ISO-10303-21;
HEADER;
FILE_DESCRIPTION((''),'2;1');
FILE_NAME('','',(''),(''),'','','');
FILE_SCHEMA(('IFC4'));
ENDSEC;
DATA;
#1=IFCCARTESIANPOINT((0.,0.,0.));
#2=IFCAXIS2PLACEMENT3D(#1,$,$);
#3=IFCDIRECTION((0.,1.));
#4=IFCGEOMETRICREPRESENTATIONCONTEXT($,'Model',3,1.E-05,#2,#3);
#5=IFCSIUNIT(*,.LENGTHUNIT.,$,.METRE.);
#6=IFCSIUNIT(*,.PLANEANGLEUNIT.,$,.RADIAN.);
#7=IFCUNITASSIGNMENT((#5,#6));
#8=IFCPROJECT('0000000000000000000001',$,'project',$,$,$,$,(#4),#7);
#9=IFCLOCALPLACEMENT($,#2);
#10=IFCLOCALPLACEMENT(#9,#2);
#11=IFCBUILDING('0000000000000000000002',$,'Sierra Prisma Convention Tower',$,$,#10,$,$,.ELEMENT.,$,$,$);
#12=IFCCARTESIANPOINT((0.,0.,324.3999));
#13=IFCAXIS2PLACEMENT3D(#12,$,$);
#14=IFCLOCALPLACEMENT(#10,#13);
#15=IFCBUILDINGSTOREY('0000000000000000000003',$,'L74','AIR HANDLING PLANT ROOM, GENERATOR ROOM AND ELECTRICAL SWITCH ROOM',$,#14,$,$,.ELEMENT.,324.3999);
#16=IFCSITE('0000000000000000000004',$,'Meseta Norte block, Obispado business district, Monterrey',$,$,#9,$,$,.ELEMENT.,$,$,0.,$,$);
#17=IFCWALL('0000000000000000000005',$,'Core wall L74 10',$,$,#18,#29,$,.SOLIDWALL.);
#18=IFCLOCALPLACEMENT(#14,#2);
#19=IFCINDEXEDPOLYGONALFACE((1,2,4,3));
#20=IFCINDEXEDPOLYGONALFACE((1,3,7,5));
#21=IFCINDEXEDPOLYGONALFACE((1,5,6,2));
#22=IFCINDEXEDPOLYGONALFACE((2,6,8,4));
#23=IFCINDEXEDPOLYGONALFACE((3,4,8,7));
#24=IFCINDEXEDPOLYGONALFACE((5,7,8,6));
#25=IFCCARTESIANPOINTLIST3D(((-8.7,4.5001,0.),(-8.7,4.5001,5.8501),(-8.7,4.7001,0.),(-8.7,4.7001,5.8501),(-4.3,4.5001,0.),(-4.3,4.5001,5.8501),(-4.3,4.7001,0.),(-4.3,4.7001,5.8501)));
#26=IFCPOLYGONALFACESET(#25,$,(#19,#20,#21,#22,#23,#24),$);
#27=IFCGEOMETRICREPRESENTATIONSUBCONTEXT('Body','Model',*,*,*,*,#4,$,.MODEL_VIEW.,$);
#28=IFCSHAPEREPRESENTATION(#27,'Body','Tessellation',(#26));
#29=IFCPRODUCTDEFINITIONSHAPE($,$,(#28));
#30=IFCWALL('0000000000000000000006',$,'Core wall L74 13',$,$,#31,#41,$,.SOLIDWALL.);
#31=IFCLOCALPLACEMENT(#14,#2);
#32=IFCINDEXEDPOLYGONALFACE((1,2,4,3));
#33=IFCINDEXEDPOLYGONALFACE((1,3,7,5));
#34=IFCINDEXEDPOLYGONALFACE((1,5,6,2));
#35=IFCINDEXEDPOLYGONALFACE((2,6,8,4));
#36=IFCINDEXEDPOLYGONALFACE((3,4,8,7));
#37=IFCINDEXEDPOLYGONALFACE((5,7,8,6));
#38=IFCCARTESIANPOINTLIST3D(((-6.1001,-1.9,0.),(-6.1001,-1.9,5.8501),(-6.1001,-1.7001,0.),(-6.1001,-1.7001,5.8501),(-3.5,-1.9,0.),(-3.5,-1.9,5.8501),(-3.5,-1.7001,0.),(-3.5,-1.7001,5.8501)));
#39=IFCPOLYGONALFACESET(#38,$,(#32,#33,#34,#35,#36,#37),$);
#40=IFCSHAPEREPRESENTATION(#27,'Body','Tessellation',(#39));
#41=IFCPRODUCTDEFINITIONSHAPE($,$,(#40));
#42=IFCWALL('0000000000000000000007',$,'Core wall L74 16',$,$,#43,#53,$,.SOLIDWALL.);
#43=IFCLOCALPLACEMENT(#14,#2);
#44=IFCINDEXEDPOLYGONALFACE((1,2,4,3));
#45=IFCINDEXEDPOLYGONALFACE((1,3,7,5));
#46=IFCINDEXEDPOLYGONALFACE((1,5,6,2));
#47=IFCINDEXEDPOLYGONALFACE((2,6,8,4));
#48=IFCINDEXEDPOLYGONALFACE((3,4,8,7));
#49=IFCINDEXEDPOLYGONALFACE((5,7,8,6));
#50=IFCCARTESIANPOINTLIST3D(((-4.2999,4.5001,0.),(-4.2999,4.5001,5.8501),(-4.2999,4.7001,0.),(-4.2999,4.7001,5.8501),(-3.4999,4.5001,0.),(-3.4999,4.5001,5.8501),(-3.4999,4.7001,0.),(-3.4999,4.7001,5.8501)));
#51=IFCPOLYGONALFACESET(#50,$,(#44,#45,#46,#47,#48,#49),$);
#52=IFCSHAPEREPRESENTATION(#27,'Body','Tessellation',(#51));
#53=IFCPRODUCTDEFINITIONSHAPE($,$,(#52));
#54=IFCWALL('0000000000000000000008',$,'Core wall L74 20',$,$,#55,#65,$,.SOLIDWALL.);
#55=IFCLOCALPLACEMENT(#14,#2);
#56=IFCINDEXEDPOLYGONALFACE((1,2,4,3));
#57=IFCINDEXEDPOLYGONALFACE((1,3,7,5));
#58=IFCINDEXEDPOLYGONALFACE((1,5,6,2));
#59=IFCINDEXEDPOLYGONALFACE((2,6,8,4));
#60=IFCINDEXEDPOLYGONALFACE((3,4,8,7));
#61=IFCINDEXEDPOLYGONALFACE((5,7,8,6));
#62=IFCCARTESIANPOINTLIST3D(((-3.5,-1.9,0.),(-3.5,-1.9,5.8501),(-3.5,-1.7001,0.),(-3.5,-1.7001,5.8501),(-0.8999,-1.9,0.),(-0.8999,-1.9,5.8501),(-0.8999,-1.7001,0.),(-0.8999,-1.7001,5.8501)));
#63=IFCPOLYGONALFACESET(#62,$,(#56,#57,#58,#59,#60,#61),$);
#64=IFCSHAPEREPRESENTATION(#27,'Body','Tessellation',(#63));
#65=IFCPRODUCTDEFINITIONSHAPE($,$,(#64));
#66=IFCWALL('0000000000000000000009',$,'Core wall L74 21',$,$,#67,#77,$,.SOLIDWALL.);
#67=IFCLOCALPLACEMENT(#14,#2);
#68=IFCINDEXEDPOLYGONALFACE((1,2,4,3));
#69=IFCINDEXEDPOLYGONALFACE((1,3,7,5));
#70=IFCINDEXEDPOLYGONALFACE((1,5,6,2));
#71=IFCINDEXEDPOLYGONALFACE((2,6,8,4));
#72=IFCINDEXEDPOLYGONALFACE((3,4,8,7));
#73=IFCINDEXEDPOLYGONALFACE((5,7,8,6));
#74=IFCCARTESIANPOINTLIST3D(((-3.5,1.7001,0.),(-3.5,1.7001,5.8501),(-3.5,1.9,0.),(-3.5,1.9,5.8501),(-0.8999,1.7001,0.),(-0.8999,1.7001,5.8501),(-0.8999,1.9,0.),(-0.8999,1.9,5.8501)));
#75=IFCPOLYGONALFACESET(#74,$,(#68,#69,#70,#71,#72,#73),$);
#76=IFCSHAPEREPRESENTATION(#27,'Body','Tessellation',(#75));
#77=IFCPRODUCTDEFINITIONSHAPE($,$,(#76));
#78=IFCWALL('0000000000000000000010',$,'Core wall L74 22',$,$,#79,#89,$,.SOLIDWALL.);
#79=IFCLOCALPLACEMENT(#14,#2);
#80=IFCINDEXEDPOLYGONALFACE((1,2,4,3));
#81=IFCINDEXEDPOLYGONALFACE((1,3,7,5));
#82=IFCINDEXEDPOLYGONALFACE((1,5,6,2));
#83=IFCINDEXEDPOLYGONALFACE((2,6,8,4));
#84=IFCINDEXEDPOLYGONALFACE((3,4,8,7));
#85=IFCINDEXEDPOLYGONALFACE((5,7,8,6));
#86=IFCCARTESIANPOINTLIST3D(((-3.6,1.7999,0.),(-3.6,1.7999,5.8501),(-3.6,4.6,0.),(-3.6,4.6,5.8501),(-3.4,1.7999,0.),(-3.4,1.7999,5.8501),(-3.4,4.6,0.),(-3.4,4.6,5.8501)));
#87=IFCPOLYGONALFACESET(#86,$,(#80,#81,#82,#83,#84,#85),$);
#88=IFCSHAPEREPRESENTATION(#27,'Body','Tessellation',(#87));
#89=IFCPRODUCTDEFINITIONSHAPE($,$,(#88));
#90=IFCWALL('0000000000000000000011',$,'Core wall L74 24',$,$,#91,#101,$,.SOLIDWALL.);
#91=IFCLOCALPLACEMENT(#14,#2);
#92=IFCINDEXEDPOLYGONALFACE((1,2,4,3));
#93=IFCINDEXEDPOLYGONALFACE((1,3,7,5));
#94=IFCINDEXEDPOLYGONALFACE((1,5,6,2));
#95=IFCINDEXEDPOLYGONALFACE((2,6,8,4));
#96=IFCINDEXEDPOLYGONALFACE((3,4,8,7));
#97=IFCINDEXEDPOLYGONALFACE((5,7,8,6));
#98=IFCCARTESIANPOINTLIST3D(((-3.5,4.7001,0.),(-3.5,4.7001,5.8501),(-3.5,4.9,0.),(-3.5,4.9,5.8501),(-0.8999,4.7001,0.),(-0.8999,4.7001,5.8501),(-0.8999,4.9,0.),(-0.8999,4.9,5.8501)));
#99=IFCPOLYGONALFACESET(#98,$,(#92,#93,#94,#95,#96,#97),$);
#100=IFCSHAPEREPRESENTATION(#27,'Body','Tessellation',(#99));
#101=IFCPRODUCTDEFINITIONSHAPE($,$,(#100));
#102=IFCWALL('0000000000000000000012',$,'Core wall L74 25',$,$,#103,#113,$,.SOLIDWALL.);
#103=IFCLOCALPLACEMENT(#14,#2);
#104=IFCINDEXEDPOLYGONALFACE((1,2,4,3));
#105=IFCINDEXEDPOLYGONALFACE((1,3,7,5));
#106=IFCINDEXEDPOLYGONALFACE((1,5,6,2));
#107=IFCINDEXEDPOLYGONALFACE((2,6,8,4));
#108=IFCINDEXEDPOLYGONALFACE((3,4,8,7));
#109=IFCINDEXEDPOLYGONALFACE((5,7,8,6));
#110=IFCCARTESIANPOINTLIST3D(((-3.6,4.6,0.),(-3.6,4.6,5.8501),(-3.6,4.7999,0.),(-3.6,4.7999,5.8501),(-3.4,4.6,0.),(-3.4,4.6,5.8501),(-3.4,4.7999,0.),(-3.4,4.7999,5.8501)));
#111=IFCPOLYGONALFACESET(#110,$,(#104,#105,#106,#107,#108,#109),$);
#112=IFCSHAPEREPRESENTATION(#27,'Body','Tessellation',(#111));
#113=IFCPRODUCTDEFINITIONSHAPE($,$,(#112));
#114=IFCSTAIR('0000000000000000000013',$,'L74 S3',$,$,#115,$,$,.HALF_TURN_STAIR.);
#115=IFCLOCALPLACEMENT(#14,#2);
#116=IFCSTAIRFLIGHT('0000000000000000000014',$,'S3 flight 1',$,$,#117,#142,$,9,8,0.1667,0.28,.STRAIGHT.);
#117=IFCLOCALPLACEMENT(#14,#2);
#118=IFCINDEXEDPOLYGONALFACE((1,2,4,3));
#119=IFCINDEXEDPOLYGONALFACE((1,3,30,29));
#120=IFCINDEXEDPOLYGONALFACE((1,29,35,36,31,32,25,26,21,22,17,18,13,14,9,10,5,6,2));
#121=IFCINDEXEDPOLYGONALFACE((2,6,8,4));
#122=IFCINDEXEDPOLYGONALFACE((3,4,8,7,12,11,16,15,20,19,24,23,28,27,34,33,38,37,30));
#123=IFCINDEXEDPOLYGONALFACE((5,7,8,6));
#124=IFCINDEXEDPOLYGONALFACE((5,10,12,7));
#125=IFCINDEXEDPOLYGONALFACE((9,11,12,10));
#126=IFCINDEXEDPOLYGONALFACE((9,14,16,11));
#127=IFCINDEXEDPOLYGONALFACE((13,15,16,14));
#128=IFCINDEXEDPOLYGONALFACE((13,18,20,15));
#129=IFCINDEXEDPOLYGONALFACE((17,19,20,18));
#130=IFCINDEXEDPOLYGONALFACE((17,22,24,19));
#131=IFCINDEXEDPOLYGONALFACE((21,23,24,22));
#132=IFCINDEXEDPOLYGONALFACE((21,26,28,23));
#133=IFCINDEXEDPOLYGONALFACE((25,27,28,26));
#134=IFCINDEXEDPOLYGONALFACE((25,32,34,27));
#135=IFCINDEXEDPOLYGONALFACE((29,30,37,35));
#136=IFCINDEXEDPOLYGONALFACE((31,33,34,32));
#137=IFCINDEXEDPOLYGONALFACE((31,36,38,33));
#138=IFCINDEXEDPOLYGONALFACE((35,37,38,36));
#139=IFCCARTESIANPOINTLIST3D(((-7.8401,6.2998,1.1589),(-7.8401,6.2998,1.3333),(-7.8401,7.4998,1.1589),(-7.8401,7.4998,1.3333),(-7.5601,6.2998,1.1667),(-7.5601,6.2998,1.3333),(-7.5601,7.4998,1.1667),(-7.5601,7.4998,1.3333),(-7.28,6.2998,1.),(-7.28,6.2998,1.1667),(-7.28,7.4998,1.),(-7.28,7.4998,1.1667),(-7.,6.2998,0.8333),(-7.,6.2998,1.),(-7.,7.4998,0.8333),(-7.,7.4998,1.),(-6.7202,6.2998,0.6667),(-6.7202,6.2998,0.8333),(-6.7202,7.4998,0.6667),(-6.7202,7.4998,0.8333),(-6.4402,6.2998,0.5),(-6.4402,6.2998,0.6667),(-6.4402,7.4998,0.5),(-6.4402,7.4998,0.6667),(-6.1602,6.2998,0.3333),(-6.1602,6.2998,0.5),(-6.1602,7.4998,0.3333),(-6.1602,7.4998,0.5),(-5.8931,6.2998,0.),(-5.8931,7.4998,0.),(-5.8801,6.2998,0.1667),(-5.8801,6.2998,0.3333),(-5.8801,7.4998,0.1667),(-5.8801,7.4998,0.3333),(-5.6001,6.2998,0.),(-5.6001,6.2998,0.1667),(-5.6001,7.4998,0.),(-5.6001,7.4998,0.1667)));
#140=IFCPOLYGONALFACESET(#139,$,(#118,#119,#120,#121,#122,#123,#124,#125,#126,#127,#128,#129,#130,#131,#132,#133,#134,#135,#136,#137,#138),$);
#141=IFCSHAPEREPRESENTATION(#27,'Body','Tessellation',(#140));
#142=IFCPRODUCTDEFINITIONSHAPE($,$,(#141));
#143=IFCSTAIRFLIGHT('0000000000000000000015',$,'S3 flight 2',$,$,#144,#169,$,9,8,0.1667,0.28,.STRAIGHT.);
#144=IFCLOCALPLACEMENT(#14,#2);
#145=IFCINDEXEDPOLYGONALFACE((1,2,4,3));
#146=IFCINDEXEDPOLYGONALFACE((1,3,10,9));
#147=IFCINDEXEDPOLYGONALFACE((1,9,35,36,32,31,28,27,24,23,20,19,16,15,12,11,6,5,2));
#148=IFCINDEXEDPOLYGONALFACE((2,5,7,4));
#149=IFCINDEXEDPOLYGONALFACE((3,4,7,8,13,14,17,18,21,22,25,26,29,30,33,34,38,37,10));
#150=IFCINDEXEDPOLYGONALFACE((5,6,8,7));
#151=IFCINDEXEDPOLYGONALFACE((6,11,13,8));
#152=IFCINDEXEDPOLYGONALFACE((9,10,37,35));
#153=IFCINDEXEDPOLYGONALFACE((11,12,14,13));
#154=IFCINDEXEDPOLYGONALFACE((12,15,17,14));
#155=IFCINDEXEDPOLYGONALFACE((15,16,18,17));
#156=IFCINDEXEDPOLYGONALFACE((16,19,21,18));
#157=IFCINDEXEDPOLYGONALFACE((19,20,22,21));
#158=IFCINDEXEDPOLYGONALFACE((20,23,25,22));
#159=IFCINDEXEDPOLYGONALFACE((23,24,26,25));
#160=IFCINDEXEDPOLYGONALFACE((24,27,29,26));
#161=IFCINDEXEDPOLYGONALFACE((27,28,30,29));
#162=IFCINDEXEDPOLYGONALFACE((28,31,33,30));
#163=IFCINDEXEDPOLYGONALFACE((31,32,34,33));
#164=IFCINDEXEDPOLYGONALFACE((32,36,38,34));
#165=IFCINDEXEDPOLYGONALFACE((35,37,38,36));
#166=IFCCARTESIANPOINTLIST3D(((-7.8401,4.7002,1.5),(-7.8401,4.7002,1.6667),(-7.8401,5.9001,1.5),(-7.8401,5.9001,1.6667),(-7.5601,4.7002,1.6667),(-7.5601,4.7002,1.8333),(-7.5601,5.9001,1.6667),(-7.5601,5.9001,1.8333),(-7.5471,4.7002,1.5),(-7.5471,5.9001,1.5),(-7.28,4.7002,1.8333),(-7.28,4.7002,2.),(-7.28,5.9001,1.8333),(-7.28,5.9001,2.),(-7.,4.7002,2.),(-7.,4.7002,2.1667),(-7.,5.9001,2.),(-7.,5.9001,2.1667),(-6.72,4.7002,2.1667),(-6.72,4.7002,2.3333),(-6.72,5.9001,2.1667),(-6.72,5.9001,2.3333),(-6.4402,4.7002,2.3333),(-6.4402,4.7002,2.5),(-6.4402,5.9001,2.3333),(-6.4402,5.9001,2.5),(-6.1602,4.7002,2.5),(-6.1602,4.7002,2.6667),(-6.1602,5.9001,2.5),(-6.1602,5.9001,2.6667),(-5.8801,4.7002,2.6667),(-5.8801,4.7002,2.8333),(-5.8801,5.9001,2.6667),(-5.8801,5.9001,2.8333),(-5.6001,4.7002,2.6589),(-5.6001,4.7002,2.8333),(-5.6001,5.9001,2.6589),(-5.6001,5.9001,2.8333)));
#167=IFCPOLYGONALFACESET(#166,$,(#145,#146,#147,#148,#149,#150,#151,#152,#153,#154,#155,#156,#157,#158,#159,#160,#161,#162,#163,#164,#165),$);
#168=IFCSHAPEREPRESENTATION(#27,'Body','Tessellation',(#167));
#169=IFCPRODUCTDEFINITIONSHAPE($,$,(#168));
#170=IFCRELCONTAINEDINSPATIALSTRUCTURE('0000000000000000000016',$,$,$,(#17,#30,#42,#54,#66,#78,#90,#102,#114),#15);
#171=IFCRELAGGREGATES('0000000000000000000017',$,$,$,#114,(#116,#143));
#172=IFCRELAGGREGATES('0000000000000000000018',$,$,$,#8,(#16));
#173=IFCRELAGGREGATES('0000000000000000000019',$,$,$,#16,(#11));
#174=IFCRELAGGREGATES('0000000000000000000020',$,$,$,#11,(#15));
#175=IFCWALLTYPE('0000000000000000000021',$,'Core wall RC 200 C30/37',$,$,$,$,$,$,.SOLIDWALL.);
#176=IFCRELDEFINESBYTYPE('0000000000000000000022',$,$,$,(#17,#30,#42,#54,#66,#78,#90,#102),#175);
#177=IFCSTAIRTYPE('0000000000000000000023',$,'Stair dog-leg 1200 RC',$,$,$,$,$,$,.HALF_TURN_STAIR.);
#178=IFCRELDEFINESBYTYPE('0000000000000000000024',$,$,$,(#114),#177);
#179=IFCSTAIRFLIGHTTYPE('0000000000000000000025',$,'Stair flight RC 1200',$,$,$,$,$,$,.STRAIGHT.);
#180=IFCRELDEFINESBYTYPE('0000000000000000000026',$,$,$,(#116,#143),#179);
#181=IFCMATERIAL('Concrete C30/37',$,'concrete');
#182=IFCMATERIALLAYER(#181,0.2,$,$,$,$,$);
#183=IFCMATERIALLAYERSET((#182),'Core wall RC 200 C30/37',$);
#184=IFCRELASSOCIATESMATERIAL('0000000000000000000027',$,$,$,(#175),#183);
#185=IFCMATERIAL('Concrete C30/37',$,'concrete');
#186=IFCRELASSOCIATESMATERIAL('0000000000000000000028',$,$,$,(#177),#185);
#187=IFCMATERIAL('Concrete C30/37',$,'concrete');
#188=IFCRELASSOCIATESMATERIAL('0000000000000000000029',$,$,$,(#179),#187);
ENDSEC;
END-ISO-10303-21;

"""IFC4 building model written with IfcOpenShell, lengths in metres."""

from ifc_helpers import new_model, si_unit, direction, frame, frame_2d, origin, place, context, subcontext, project, spatial, polyline, rectangle, outline, extrude, material, layer, layer_set, type_object, element, aggregate, save


model = new_model("IFC4")

# Units and contexts
model_context = context("Model", 3, precision=1e-05, world=origin(), true_north=direction((0.0, 1.0)))
body_context = subcontext(model_context, "Body", "Model", "MODEL_VIEW")
ifc_project = project(units=[si_unit("LENGTHUNIT", "METRE"), si_unit("PLANEANGLEUNIT", "RADIAN")], contexts=[model_context])

# Site, building, storey
site_placement = place(None, origin())
site = spatial("IfcSite", under=ifc_project, at=site_placement, Name="Meseta Norte block, Obispado business district, Monterrey", CompositionType="ELEMENT", RefElevation=0.0)
building_placement = place(site_placement, origin())
building = spatial("IfcBuilding", under=site, at=building_placement, Name="Sierra Prisma Convention Tower", CompositionType="ELEMENT")
storey_placement = place(building_placement, frame((0.0, 0.0, 324.3999)))
storey = spatial("IfcBuildingStorey", under=building, at=storey_placement, Name="L74", Description="AIR HANDLING PLANT ROOM, GENERATOR ROOM AND ELECTRICAL SWITCH ROOM", CompositionType="ELEMENT", Elevation=324.3999)

# Walls
ifc_material_1 = material(Name="Concrete C30/37", Category="concrete")
ifc_layer = layer(ifc_material_1, 0.2)
ifc_layer_set = layer_set([ifc_layer], Name="Core wall RC 200 C30/37")
wall_type = type_object("IfcWallType", Name="Core wall RC 200 C30/37", PredefinedType="SOLIDWALL", material=ifc_layer_set)
wall_1_placement = place(storey_placement, frame((-4.3, 4.6001, 0.0), z_axis=(0.0, 0.0, 1.0), x_axis=(-1.0, 0.0, 0.0)))
element("IfcWall", 1, at=wall_1_placement, inside=storey, type_object=wall_type, Name="Core wall L74 10", PredefinedType="SOLIDWALL", context=body_context, shape_type="SweptSolid", body=[
    extrude(rectangle(XDim=4.3999, YDim=0.2, at=frame_2d((2.2, 0.0))), origin(), (0.0, 0.0, 1.0), 5.8501),
])
wall_2_placement = place(storey_placement, frame((-6.1001, -1.8, 0.0), z_axis=(0.0, 0.0, 1.0), x_axis=(1.0, 0.0, 0.0)))
element("IfcWall", 2, at=wall_2_placement, inside=storey, type_object=wall_type, Name="Core wall L74 13", PredefinedType="SOLIDWALL", context=body_context, shape_type="SweptSolid", body=[
    extrude(rectangle(XDim=2.6001, YDim=0.2, at=frame_2d((1.3, 0.0))), origin(), (0.0, 0.0, 1.0), 5.8501),
])
wall_3_placement = place(storey_placement, frame((-3.5, 4.6001, 0.0), z_axis=(0.0, 0.0, 1.0), x_axis=(-1.0, 0.0, 0.0)))
element("IfcWall", 3, at=wall_3_placement, inside=storey, type_object=wall_type, Name="Core wall L74 16", PredefinedType="SOLIDWALL", context=body_context, shape_type="SweptSolid", body=[
    extrude(rectangle(XDim=0.8, YDim=0.2, at=frame_2d((0.3999, 0.0))), origin(), (0.0, 0.0, 1.0), 5.8501),
])

# Walls
for number, where, z_axis, x_axis, name in (
    (4, (-3.5, -1.8, 0.0), (0.0, 0.0, 1.0), (1.0, 0.0, 0.0), "Core wall L74 20"),
    (5, (-0.8999, 1.8, 0.0), (0.0, 0.0, 1.0), (-1.0, 0.0, 0.0), "Core wall L74 21"),
):
    element("IfcWall", number, at=place(storey_placement, frame(where, z_axis=z_axis, x_axis=x_axis)), inside=storey, type_object=wall_type, Name=name, PredefinedType="SOLIDWALL", context=body_context, shape_type="SweptSolid", body=[
        extrude(rectangle(XDim=2.6001, YDim=0.2, at=frame_2d((1.3, 0.0))), origin(), (0.0, 0.0, 1.0), 5.8501),
    ])
wall_4_placement = place(storey_placement, frame((-3.5, 1.8, 0.0), z_axis=(0.0, 0.0, 1.0), x_axis=(0.0, 1.0, 0.0)))
element("IfcWall", 6, at=wall_4_placement, inside=storey, type_object=wall_type, Name="Core wall L74 22", PredefinedType="SOLIDWALL", context=body_context, shape_type="SweptSolid", body=[
    extrude(rectangle(XDim=2.8, YDim=0.2, at=frame_2d((1.3999, 0.0))), origin(), (0.0, 0.0, 1.0), 5.8501),
])

# Walls
wall_5_placement = place(storey_placement, frame((-0.8999, 4.8, 0.0), z_axis=(0.0, 0.0, 1.0), x_axis=(-1.0, 0.0, 0.0)))
element("IfcWall", 7, at=wall_5_placement, inside=storey, type_object=wall_type, Name="Core wall L74 24", PredefinedType="SOLIDWALL", context=body_context, shape_type="SweptSolid", body=[
    extrude(rectangle(XDim=2.6001, YDim=0.2, at=frame_2d((1.3, 0.0))), origin(), (0.0, 0.0, 1.0), 5.8501),
])
wall_6_placement = place(storey_placement, frame((-3.5, 4.8, 0.0), z_axis=(0.0, 0.0, 1.0), x_axis=(0.0, -1.0, 0.0)))
element("IfcWall", 8, at=wall_6_placement, inside=storey, type_object=wall_type, Name="Core wall L74 25", PredefinedType="SOLIDWALL", context=body_context, shape_type="SweptSolid", body=[
    extrude(rectangle(XDim=0.2, YDim=0.2, at=frame_2d((0.1001, 0.0))), origin(), (0.0, 0.0, 1.0), 5.8501),
])

# Stair, stair flights
ifc_material_2 = material(Name="Concrete C30/37", Category="concrete")
stair_type = type_object("IfcStairType", Name="Stair dog-leg 1200 RC", PredefinedType="HALF_TURN_STAIR", material=ifc_material_2)
stair_placement = place(storey_placement, origin())
stair = element("IfcStair", 9, at=stair_placement, inside=storey, type_object=stair_type, Name="L74 S3", PredefinedType="HALF_TURN_STAIR")
ifc_material_3 = material(Name="Concrete C30/37", Category="concrete")
stair_flight_type = type_object("IfcStairFlightType", Name="Stair flight RC 1200", PredefinedType="STRAIGHT", material=ifc_material_3)
stair_flight_1_placement = place(storey_placement, frame((-5.6001, 6.8999, 0.0), z_axis=(0.0, 0.0, 1.0), x_axis=(-1.0, 0.0, 0.0)))
stair_flight_1 = element("IfcStairFlight", 10, at=stair_flight_1_placement, type_object=stair_flight_type, Name="S3 flight 1", NumberOfRisers=9, NumberOfTreads=8, PredefinedType="STRAIGHT", RiserHeight=0.1667, TreadLength=0.28, context=body_context, shape_type="SweptSolid", body=[
    extrude(outline(polyline([(0.0, 0.0), (0.0, 0.1667), (0.28, 0.1667), (0.28, 0.3333), (0.5601, 0.3333), (0.5601, 0.5), (0.8401, 0.5), (0.8401, 0.6667), (1.1201, 0.6667), (1.1201, 0.8333), (1.3999, 0.8333), (1.3999, 1.0), (1.6799, 1.0), (1.6799, 1.1667), (1.96, 1.1667), (1.96, 1.3333), (2.24, 1.3333), (2.24, 1.5), (2.24, 1.1589), (0.293, 0.0), (0.0, 0.0)])), frame((0.0, 0.6001, 0.0), z_axis=(0.0, -1.0, 0.0), x_axis=(1.0, 0.0, 0.0)), (0.0, 0.0, 1.0), 1.2),
])
stair_flight_2_placement = place(storey_placement, frame((-7.8401, 5.3, 1.5), z_axis=(0.0, 0.0, 1.0), x_axis=(1.0, 0.0, 0.0)))
stair_flight_2 = element("IfcStairFlight", 11, at=stair_flight_2_placement, type_object=stair_flight_type, Name="S3 flight 2", NumberOfRisers=9, NumberOfTreads=8, PredefinedType="STRAIGHT", RiserHeight=0.1667, TreadLength=0.28, context=body_context, shape_type="SweptSolid", body=[
    extrude(outline(polyline([(0.0, 0.0), (0.0, 0.1667), (0.28, 0.1667), (0.28, 0.3333), (0.5601, 0.3333), (0.5601, 0.5), (0.8401, 0.5), (0.8401, 0.6667), (1.1201, 0.6667), (1.1201, 0.8333), (1.3999, 0.8333), (1.3999, 1.0), (1.6799, 1.0), (1.6799, 1.1667), (1.96, 1.1667), (1.96, 1.3333), (2.24, 1.3333), (2.24, 1.5), (2.24, 1.1589), (0.293, 0.0), (0.0, 0.0)])), frame((0.0, 0.6001, 0.0), z_axis=(0.0, -1.0, 0.0), x_axis=(1.0, 0.0, 0.0)), (0.0, 0.0, 1.0), 1.2),
])
aggregate(stair, [stair_flight_1, stair_flight_2])

save(model, "model.ifc")
